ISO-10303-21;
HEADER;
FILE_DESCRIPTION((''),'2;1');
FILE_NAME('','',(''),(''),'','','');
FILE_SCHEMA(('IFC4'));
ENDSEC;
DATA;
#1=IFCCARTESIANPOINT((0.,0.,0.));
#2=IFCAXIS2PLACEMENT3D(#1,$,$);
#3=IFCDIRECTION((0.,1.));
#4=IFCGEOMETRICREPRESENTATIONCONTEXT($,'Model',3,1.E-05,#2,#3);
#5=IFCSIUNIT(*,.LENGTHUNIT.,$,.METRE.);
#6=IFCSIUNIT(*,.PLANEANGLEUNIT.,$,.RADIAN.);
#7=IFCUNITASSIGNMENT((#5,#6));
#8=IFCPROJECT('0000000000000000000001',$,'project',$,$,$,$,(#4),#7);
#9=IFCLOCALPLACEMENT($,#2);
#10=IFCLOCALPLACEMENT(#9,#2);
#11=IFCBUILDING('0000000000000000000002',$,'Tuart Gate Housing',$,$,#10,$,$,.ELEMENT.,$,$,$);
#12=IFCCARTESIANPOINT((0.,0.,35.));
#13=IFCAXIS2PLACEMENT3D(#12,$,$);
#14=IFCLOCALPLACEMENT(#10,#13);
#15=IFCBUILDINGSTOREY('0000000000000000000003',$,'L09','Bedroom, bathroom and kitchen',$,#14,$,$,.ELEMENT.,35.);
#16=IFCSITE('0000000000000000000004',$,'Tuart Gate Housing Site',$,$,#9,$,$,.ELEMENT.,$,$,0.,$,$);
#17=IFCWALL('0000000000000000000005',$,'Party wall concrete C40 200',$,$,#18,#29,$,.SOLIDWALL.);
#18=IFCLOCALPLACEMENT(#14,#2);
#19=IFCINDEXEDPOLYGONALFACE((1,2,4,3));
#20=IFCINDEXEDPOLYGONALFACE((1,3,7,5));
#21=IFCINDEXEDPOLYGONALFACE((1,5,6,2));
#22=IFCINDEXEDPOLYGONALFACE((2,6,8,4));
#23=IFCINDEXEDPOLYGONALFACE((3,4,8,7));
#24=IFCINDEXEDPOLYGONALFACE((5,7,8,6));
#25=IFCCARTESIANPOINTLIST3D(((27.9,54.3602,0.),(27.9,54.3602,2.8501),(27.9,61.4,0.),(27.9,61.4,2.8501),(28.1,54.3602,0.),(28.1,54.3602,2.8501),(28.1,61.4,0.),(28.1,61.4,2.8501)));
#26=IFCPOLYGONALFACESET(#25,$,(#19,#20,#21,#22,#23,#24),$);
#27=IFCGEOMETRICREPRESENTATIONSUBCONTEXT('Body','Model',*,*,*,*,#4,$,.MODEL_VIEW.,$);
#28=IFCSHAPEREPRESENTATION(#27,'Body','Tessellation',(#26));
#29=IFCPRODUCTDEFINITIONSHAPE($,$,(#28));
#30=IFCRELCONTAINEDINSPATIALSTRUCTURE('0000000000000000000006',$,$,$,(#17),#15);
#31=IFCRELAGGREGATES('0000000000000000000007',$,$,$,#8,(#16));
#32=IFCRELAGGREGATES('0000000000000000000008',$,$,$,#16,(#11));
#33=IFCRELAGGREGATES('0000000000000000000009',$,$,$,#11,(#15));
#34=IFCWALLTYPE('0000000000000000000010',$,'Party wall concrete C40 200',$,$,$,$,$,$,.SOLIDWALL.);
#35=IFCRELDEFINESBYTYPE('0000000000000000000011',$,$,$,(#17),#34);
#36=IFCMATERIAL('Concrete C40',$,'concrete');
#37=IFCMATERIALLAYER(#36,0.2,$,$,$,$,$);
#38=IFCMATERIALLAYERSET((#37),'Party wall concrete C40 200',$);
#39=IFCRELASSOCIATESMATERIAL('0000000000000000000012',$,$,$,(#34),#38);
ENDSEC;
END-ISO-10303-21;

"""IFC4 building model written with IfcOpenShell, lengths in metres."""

from ifc_helpers import new_model, si_unit, direction, frame, frame_2d, origin, place, context, subcontext, project, spatial, rectangle, extrude, material, layer, layer_set, type_object, element, save


model = new_model("IFC4")

# Units and contexts
model_context = context("Model", 3, precision=1e-05, world=origin(), true_north=direction((0.0, 1.0)))
body_context = subcontext(model_context, "Body", "Model", "MODEL_VIEW")
ifc_project = project(units=[si_unit("LENGTHUNIT", "METRE"), si_unit("PLANEANGLEUNIT", "RADIAN")], contexts=[model_context])

# Site, building, storey
site_placement = place(None, origin())
site = spatial("IfcSite", under=ifc_project, at=site_placement, Name="Tuart Gate Housing Site", CompositionType="ELEMENT", RefElevation=0.0)
building_placement = place(site_placement, origin())
building = spatial("IfcBuilding", under=site, at=building_placement, Name="Tuart Gate Housing", CompositionType="ELEMENT")
storey_placement = place(building_placement, frame((0.0, 0.0, 35.0)))
storey = spatial("IfcBuildingStorey", under=building, at=storey_placement, Name="L09", Description="Bedroom, bathroom and kitchen", CompositionType="ELEMENT", Elevation=35.0)

# Wall
ifc_material_1 = material(Name="Concrete C40", Category="concrete")
ifc_layer_1 = layer(ifc_material_1, 0.2)
ifc_layer_set_1 = layer_set([ifc_layer_1], Name="Party wall concrete C40 200")
wall_type_1 = type_object("IfcWallType", Name="Party wall concrete C40 200", PredefinedType="SOLIDWALL", material=ifc_layer_set_1)
wall_1_placement = place(storey_placement, frame((28.0, 54.3601, 0.0), z_axis=(0.0, 0.0, 1.0), x_axis=(0.0, 1.0, 0.0)))
element("IfcWall", 1, at=wall_1_placement, inside=storey, type_object=wall_type_1, Name="Party wall concrete C40 200", PredefinedType="SOLIDWALL", context=body_context, shape_type="SweptSolid", body=[
    extrude(rectangle(XDim=7.0398, YDim=0.2, at=frame_2d((3.52, 0.0))), origin(), (0.0, 0.0, 1.0), 2.8501),
])

save(model, "model.ifc")
